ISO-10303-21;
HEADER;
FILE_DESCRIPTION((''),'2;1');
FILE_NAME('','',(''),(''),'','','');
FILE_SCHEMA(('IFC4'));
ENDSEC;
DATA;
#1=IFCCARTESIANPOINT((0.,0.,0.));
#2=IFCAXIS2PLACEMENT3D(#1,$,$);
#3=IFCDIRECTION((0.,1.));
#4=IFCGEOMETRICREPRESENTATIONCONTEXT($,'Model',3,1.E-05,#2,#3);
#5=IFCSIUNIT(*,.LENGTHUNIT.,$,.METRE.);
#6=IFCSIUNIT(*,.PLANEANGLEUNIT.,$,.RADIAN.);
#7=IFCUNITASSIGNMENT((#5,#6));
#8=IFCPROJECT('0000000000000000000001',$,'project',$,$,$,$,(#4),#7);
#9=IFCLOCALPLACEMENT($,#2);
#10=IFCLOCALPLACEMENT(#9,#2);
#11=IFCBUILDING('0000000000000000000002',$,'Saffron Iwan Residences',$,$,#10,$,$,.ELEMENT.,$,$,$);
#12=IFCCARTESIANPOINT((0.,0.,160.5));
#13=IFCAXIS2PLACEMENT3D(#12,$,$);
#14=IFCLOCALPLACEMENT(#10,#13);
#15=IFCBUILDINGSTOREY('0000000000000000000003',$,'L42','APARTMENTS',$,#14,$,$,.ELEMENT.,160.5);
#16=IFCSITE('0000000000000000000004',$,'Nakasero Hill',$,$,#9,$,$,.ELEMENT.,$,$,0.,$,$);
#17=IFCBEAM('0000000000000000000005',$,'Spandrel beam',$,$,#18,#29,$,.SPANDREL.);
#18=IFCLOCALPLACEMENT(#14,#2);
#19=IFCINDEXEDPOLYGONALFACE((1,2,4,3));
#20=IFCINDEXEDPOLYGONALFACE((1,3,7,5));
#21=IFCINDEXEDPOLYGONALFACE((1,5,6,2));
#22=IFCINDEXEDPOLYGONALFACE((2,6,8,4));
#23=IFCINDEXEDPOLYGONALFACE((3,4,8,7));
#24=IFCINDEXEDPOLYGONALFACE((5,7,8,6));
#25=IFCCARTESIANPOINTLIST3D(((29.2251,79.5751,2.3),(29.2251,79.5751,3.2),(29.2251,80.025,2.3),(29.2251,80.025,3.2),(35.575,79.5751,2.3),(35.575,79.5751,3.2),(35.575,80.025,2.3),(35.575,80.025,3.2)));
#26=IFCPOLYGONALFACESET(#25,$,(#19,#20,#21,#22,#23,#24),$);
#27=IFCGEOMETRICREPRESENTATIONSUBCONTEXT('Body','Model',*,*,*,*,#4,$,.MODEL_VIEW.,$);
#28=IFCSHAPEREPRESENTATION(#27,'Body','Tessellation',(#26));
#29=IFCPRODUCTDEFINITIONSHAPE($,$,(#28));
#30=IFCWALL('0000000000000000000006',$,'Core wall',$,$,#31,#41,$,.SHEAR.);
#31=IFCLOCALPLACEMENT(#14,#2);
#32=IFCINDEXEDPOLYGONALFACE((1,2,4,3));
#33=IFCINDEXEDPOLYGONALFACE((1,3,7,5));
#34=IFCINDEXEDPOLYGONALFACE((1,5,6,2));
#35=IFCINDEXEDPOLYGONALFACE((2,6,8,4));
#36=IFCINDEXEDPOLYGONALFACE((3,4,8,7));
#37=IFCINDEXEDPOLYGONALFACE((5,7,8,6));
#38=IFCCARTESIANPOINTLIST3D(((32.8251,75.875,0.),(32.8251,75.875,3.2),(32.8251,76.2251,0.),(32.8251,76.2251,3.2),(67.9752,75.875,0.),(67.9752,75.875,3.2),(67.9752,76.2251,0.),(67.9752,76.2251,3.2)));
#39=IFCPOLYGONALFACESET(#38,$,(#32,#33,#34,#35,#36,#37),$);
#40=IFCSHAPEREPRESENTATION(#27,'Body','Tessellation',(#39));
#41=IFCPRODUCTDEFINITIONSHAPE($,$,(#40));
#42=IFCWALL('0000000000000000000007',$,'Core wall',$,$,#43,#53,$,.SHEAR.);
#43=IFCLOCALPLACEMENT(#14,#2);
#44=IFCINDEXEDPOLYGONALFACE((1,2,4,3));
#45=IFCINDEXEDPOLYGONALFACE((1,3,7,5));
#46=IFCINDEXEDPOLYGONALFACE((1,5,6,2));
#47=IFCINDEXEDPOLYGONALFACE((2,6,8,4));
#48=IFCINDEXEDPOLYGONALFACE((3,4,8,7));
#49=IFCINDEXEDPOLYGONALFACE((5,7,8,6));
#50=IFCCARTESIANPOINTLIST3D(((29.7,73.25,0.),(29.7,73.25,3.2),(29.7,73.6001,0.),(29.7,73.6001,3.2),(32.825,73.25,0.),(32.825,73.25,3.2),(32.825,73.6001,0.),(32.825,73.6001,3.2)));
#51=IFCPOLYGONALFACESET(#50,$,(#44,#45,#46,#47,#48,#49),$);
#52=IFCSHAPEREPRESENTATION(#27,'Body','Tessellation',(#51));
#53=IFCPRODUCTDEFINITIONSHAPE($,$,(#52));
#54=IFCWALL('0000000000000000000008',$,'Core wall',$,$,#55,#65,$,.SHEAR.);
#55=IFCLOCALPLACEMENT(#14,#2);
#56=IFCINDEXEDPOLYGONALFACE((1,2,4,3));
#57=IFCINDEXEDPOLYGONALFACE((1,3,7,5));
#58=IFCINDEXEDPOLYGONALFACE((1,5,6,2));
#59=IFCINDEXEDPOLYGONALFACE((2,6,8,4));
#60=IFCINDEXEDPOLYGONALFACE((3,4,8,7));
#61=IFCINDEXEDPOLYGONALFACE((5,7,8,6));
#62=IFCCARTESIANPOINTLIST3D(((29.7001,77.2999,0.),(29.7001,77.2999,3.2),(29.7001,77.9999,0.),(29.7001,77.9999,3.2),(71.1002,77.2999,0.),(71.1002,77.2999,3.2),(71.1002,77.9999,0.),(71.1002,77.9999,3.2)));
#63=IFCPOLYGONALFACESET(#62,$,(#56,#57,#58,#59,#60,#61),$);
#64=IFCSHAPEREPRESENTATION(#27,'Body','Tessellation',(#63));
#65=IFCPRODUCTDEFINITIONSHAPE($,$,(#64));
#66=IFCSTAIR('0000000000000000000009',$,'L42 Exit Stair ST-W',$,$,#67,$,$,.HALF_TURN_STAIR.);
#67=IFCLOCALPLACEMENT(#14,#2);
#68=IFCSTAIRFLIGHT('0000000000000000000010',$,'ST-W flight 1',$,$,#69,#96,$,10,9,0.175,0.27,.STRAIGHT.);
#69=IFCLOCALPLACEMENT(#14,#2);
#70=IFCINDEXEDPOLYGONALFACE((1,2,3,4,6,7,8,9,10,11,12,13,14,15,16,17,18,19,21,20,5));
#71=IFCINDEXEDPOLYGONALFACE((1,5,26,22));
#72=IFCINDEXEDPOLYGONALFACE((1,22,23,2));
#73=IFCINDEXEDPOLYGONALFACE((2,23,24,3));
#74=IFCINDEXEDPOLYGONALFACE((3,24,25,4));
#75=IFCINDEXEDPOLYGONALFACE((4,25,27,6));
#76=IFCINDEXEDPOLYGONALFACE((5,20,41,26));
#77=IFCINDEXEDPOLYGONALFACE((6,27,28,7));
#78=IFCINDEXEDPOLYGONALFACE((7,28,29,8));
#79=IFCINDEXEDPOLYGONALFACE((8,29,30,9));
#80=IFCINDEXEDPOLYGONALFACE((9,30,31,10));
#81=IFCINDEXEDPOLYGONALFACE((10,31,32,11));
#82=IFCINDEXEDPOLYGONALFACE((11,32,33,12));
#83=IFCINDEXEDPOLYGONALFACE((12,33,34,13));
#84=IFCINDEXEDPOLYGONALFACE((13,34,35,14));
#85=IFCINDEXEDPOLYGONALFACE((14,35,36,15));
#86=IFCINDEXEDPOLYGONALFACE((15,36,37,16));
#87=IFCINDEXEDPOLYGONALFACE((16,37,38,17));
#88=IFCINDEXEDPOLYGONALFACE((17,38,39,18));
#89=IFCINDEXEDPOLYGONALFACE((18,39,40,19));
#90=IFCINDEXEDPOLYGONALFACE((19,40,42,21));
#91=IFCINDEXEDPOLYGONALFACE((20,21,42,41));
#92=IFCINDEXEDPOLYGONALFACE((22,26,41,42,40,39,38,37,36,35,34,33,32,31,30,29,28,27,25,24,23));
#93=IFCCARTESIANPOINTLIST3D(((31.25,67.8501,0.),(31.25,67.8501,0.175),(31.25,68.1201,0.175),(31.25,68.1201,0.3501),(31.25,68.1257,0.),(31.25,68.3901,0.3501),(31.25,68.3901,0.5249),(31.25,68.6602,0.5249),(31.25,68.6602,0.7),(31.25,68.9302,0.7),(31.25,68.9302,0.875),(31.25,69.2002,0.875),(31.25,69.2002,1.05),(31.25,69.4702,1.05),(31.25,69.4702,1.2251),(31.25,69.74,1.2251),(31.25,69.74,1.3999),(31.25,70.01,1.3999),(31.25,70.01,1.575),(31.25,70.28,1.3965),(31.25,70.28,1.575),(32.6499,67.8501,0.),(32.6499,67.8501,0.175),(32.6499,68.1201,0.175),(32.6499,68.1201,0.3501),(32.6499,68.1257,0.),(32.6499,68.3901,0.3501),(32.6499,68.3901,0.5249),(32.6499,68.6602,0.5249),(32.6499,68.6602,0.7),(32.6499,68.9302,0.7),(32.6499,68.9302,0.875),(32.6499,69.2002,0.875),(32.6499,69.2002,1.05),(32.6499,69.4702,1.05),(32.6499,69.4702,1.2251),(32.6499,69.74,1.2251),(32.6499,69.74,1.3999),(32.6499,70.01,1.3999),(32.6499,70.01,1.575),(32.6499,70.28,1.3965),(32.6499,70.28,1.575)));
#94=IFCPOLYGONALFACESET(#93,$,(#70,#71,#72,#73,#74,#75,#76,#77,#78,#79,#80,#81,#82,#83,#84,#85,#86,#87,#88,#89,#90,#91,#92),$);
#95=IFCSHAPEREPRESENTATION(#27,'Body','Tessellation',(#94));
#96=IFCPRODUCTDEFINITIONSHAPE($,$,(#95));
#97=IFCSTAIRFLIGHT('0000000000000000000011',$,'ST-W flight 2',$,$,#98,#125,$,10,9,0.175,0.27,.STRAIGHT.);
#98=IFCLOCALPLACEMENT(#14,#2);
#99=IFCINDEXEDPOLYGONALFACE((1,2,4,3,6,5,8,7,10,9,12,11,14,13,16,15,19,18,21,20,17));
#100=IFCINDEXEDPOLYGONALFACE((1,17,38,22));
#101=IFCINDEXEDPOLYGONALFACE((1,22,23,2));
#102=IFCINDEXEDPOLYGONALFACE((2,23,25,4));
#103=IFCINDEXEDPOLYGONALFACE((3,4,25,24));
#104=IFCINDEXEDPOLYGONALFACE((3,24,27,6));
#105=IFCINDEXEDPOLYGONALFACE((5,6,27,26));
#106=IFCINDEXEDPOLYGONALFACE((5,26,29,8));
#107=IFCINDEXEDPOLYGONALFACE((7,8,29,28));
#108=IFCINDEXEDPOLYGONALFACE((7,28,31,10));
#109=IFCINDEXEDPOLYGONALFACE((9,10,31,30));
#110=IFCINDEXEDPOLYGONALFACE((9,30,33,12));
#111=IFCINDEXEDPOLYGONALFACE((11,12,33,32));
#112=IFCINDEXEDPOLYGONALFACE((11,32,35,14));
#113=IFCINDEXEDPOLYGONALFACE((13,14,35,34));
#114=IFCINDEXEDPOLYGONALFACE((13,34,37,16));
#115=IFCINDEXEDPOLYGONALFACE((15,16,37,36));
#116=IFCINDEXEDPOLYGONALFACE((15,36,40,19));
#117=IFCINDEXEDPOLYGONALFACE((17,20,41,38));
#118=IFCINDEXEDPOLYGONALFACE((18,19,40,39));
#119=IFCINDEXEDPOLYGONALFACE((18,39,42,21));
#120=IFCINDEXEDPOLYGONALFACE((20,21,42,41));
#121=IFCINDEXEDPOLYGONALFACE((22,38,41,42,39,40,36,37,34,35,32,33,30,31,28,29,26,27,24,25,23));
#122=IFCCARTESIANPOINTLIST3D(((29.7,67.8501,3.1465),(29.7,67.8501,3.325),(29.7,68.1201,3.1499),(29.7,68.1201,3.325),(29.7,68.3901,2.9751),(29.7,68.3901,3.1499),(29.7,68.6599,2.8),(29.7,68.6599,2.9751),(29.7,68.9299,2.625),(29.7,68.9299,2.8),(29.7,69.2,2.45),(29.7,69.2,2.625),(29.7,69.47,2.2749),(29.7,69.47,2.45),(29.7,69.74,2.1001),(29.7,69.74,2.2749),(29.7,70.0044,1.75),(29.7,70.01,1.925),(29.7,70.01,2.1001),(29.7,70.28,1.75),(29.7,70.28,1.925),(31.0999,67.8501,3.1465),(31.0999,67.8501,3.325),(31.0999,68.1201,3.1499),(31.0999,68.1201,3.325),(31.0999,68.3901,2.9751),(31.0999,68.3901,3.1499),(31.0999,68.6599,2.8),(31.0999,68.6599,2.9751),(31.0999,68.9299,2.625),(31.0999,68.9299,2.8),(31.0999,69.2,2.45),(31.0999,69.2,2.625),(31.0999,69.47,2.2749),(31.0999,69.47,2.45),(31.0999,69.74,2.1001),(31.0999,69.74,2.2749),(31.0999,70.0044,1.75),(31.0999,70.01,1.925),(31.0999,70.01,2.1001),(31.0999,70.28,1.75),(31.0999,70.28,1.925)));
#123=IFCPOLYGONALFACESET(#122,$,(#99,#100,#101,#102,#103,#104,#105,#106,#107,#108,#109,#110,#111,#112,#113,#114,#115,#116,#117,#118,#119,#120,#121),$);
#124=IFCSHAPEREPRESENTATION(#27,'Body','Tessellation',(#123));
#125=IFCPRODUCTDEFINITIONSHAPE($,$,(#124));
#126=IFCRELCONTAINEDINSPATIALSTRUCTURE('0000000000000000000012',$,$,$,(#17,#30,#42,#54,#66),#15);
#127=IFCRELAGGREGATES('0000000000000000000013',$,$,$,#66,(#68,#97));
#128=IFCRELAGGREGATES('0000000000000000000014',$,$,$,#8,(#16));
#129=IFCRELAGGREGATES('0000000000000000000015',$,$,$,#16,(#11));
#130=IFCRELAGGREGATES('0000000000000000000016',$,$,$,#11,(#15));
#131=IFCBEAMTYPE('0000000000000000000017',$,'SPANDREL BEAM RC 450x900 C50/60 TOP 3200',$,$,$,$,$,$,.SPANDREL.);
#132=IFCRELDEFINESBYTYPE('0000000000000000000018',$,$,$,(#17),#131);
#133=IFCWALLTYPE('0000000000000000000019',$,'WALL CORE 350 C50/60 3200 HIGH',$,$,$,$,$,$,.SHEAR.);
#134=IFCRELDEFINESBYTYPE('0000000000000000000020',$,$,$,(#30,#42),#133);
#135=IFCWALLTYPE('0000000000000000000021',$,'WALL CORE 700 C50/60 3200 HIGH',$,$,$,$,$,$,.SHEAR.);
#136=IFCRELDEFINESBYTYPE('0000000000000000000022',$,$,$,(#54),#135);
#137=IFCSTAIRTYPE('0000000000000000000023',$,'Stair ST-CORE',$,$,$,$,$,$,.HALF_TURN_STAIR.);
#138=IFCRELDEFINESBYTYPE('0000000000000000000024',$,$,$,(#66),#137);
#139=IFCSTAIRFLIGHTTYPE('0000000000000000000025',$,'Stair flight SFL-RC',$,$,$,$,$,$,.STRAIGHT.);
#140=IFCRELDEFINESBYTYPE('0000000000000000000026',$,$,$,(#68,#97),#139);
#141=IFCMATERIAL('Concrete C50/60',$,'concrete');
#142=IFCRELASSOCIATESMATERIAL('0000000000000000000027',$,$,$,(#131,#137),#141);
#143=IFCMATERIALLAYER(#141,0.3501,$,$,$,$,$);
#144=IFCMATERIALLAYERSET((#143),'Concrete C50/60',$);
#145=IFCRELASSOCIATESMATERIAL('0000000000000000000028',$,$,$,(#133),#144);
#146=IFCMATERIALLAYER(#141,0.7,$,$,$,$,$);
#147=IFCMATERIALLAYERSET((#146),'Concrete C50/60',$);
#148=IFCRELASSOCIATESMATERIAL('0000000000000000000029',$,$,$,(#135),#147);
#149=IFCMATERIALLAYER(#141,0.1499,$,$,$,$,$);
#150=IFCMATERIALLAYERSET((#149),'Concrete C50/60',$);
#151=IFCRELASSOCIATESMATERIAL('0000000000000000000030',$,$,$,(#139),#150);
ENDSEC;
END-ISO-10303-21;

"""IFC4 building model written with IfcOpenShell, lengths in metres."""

from ifc_helpers import new_model, si_unit, direction, frame, frame_2d, origin, origin_2d, place, context, subcontext, project, spatial, polyline, rectangle, outline, extrude, source, transform, mapped, material, layer, layer_set, material_profile, profile_set, type_object, element, aggregate, save


model = new_model("IFC4")

# Units and contexts
model_context = context("Model", 3, precision=1e-05, world=origin(), true_north=direction((0.0, 1.0)))
body_context = subcontext(model_context, "Body", "Model", "MODEL_VIEW")
ifc_project = project(units=[si_unit("LENGTHUNIT", "METRE"), si_unit("PLANEANGLEUNIT", "RADIAN")], contexts=[model_context])

# Site, building, storey
site_placement = place(None, origin())
site = spatial("IfcSite", under=ifc_project, at=site_placement, Name="Nakasero Hill", CompositionType="ELEMENT", RefElevation=0.0)
building_placement = place(site_placement, origin())
building = spatial("IfcBuilding", under=site, at=building_placement, Name="Saffron Iwan Residences", CompositionType="ELEMENT")
storey_placement = place(building_placement, frame((0.0, 0.0, 160.5)))
storey = spatial("IfcBuildingStorey", under=building, at=storey_placement, Name="L42", Description="APARTMENTS", CompositionType="ELEMENT", Elevation=160.5)

# Beam
ifc_material_1 = material(Name="Concrete C50/60", Category="concrete")
ifc_material_profile = material_profile(ifc_material_1, rectangle(XDim=0.45, YDim=0.8999, at=origin_2d()), Name="RC 450x900")
ifc_profile_set = profile_set([ifc_material_profile], Name="Concrete C50/60")
beam_type = type_object("IfcBeamType", Name="SPANDREL BEAM RC 450x900 C50/60 TOP 3200", PredefinedType="SPANDREL", material=ifc_profile_set)
shared_shape = source(origin(), body_context, "Body", "SweptSolid", [
    extrude(rectangle(XDim=0.45, YDim=0.8999, at=origin_2d()), origin(), (0.0, 0.0, 1.0), 6.3499),
])
beam_placement = place(storey_placement, frame((29.2251, 79.8, 2.75), z_axis=(1.0, 0.0, 0.0), x_axis=(0.0, 1.0, 0.0)))
element("IfcBeam", 1, at=beam_placement, inside=storey, type_object=beam_type, Name="Spandrel beam", PredefinedType="SPANDREL", context=body_context, shape_type="MappedRepresentation", body=[
    mapped(shared_shape, transform((0.0, 0.0, 0.0))),
])

# Shared definitions
ifc_layer_1 = layer(ifc_material_1, 0.3501)
ifc_layer_set_1 = layer_set([ifc_layer_1], Name="Concrete C50/60")
wall_type_1 = type_object("IfcWallType", Name="WALL CORE 350 C50/60 3200 HIGH", PredefinedType="SHEAR", material=ifc_layer_set_1)

# Walls
wall_1_placement = place(storey_placement, frame((32.825, 76.05, 0.0), z_axis=(0.0, 0.0, 1.0), x_axis=(1.0, 0.0, 0.0)))
element("IfcWall", 2, at=wall_1_placement, inside=storey, type_object=wall_type_1, Name="Core wall", PredefinedType="SHEAR", context=body_context, shape_type="SweptSolid", body=[
    extrude(rectangle(XDim=35.1501, YDim=0.3501, at=frame_2d((17.5752, 0.0))), origin(), (0.0, 0.0, 1.0), 3.2),
])
wall_2_placement = place(storey_placement, frame((29.7, 73.425, 0.0), z_axis=(0.0, 0.0, 1.0), x_axis=(1.0, 0.0, 0.0)))
element("IfcWall", 3, at=wall_2_placement, inside=storey, type_object=wall_type_1, Name="Core wall", PredefinedType="SHEAR", context=body_context, shape_type="SweptSolid", body=[
    extrude(rectangle(XDim=3.125, YDim=0.3501, at=frame_2d((1.5625, 0.0))), origin(), (0.0, 0.0, 1.0), 3.2),
])
ifc_layer_2 = layer(ifc_material_1, 0.7)
ifc_layer_set_2 = layer_set([ifc_layer_2], Name="Concrete C50/60")
wall_type_2 = type_object("IfcWallType", Name="WALL CORE 700 C50/60 3200 HIGH", PredefinedType="SHEAR", material=ifc_layer_set_2)
wall_3_placement = place(storey_placement, frame((29.7, 77.6499, 0.0), z_axis=(0.0, 0.0, 1.0), x_axis=(1.0, 0.0, 0.0)))
element("IfcWall", 4, at=wall_3_placement, inside=storey, type_object=wall_type_2, Name="Core wall", PredefinedType="SHEAR", context=body_context, shape_type="SweptSolid", body=[
    extrude(rectangle(XDim=41.4001, YDim=0.7, at=frame_2d((20.7002, 0.0))), origin(), (0.0, 0.0, 1.0), 3.2),
])

# Stair, stair flights
stair_type = type_object("IfcStairType", Name="Stair ST-CORE", PredefinedType="HALF_TURN_STAIR", material=ifc_material_1)
stair_placement = place(storey_placement, origin())
stair = element("IfcStair", 5, at=stair_placement, inside=storey, type_object=stair_type, Name="L42 Exit Stair ST-W", PredefinedType="HALF_TURN_STAIR")
ifc_layer_3 = layer(ifc_material_1, 0.1499)
ifc_layer_set_3 = layer_set([ifc_layer_3], Name="Concrete C50/60")
stair_flight_type = type_object("IfcStairFlightType", Name="Stair flight SFL-RC", PredefinedType="STRAIGHT", material=ifc_layer_set_3)
stair_flight_1_placement = place(storey_placement, frame((31.95, 67.8501, 0.0), z_axis=(0.0, 0.0, 1.0), x_axis=(0.0, 1.0, 0.0)))
stair_flight_1 = element("IfcStairFlight", 6, at=stair_flight_1_placement, type_object=stair_flight_type, Name="ST-W flight 1", NumberOfRisers=10, NumberOfTreads=9, PredefinedType="STRAIGHT", RiserHeight=0.175, TreadLength=0.27, context=body_context, shape_type="SweptSolid", body=[
    extrude(outline(polyline([(0.0, 0.0), (0.0, 0.175), (0.27, 0.175), (0.27, 0.3501), (0.54, 0.3501), (0.54, 0.5249), (0.8101, 0.5249), (0.8101, 0.7), (1.0801, 0.7), (1.0801, 0.875), (1.3501, 0.875), (1.3501, 1.05), (1.6201, 1.05), (1.6201, 1.2251), (1.8899, 1.2251), (1.8899, 1.3999), (2.1599, 1.3999), (2.1599, 1.575), (2.4299, 1.575), (2.4299, 1.75), (2.4299, 1.3965), (0.2756, 0.0), (0.0, 0.0)])), frame((0.0, 0.7, 0.0), z_axis=(0.0, -1.0, 0.0), x_axis=(1.0, 0.0, 0.0)), (0.0, 0.0, 1.0), 1.3999),
])
stair_flight_2_placement = place(storey_placement, frame((30.3999, 70.28, 1.75), z_axis=(0.0, 0.0, 1.0), x_axis=(0.0, -1.0, 0.0)))
stair_flight_2 = element("IfcStairFlight", 7, at=stair_flight_2_placement, type_object=stair_flight_type, Name="ST-W flight 2", NumberOfRisers=10, NumberOfTreads=9, PredefinedType="STRAIGHT", RiserHeight=0.175, TreadLength=0.27, context=body_context, shape_type="SweptSolid", body=[
    extrude(outline(polyline([(0.0, 0.0), (0.0, 0.175), (0.27, 0.175), (0.27, 0.3501), (0.54, 0.3501), (0.54, 0.5249), (0.8101, 0.5249), (0.8101, 0.7), (1.0801, 0.7), (1.0801, 0.875), (1.3501, 0.875), (1.3501, 1.05), (1.6201, 1.05), (1.6201, 1.2251), (1.8899, 1.2251), (1.8899, 1.3999), (2.1599, 1.3999), (2.1599, 1.575), (2.4299, 1.575), (2.4299, 1.75), (2.4299, 1.3965), (0.2756, 0.0), (0.0, 0.0)])), frame((0.0, 0.7, 0.0), z_axis=(0.0, -1.0, 0.0), x_axis=(1.0, 0.0, 0.0)), (0.0, 0.0, 1.0), 1.3999),
])
aggregate(stair, [stair_flight_1, stair_flight_2])

save(model, "model.ifc")
